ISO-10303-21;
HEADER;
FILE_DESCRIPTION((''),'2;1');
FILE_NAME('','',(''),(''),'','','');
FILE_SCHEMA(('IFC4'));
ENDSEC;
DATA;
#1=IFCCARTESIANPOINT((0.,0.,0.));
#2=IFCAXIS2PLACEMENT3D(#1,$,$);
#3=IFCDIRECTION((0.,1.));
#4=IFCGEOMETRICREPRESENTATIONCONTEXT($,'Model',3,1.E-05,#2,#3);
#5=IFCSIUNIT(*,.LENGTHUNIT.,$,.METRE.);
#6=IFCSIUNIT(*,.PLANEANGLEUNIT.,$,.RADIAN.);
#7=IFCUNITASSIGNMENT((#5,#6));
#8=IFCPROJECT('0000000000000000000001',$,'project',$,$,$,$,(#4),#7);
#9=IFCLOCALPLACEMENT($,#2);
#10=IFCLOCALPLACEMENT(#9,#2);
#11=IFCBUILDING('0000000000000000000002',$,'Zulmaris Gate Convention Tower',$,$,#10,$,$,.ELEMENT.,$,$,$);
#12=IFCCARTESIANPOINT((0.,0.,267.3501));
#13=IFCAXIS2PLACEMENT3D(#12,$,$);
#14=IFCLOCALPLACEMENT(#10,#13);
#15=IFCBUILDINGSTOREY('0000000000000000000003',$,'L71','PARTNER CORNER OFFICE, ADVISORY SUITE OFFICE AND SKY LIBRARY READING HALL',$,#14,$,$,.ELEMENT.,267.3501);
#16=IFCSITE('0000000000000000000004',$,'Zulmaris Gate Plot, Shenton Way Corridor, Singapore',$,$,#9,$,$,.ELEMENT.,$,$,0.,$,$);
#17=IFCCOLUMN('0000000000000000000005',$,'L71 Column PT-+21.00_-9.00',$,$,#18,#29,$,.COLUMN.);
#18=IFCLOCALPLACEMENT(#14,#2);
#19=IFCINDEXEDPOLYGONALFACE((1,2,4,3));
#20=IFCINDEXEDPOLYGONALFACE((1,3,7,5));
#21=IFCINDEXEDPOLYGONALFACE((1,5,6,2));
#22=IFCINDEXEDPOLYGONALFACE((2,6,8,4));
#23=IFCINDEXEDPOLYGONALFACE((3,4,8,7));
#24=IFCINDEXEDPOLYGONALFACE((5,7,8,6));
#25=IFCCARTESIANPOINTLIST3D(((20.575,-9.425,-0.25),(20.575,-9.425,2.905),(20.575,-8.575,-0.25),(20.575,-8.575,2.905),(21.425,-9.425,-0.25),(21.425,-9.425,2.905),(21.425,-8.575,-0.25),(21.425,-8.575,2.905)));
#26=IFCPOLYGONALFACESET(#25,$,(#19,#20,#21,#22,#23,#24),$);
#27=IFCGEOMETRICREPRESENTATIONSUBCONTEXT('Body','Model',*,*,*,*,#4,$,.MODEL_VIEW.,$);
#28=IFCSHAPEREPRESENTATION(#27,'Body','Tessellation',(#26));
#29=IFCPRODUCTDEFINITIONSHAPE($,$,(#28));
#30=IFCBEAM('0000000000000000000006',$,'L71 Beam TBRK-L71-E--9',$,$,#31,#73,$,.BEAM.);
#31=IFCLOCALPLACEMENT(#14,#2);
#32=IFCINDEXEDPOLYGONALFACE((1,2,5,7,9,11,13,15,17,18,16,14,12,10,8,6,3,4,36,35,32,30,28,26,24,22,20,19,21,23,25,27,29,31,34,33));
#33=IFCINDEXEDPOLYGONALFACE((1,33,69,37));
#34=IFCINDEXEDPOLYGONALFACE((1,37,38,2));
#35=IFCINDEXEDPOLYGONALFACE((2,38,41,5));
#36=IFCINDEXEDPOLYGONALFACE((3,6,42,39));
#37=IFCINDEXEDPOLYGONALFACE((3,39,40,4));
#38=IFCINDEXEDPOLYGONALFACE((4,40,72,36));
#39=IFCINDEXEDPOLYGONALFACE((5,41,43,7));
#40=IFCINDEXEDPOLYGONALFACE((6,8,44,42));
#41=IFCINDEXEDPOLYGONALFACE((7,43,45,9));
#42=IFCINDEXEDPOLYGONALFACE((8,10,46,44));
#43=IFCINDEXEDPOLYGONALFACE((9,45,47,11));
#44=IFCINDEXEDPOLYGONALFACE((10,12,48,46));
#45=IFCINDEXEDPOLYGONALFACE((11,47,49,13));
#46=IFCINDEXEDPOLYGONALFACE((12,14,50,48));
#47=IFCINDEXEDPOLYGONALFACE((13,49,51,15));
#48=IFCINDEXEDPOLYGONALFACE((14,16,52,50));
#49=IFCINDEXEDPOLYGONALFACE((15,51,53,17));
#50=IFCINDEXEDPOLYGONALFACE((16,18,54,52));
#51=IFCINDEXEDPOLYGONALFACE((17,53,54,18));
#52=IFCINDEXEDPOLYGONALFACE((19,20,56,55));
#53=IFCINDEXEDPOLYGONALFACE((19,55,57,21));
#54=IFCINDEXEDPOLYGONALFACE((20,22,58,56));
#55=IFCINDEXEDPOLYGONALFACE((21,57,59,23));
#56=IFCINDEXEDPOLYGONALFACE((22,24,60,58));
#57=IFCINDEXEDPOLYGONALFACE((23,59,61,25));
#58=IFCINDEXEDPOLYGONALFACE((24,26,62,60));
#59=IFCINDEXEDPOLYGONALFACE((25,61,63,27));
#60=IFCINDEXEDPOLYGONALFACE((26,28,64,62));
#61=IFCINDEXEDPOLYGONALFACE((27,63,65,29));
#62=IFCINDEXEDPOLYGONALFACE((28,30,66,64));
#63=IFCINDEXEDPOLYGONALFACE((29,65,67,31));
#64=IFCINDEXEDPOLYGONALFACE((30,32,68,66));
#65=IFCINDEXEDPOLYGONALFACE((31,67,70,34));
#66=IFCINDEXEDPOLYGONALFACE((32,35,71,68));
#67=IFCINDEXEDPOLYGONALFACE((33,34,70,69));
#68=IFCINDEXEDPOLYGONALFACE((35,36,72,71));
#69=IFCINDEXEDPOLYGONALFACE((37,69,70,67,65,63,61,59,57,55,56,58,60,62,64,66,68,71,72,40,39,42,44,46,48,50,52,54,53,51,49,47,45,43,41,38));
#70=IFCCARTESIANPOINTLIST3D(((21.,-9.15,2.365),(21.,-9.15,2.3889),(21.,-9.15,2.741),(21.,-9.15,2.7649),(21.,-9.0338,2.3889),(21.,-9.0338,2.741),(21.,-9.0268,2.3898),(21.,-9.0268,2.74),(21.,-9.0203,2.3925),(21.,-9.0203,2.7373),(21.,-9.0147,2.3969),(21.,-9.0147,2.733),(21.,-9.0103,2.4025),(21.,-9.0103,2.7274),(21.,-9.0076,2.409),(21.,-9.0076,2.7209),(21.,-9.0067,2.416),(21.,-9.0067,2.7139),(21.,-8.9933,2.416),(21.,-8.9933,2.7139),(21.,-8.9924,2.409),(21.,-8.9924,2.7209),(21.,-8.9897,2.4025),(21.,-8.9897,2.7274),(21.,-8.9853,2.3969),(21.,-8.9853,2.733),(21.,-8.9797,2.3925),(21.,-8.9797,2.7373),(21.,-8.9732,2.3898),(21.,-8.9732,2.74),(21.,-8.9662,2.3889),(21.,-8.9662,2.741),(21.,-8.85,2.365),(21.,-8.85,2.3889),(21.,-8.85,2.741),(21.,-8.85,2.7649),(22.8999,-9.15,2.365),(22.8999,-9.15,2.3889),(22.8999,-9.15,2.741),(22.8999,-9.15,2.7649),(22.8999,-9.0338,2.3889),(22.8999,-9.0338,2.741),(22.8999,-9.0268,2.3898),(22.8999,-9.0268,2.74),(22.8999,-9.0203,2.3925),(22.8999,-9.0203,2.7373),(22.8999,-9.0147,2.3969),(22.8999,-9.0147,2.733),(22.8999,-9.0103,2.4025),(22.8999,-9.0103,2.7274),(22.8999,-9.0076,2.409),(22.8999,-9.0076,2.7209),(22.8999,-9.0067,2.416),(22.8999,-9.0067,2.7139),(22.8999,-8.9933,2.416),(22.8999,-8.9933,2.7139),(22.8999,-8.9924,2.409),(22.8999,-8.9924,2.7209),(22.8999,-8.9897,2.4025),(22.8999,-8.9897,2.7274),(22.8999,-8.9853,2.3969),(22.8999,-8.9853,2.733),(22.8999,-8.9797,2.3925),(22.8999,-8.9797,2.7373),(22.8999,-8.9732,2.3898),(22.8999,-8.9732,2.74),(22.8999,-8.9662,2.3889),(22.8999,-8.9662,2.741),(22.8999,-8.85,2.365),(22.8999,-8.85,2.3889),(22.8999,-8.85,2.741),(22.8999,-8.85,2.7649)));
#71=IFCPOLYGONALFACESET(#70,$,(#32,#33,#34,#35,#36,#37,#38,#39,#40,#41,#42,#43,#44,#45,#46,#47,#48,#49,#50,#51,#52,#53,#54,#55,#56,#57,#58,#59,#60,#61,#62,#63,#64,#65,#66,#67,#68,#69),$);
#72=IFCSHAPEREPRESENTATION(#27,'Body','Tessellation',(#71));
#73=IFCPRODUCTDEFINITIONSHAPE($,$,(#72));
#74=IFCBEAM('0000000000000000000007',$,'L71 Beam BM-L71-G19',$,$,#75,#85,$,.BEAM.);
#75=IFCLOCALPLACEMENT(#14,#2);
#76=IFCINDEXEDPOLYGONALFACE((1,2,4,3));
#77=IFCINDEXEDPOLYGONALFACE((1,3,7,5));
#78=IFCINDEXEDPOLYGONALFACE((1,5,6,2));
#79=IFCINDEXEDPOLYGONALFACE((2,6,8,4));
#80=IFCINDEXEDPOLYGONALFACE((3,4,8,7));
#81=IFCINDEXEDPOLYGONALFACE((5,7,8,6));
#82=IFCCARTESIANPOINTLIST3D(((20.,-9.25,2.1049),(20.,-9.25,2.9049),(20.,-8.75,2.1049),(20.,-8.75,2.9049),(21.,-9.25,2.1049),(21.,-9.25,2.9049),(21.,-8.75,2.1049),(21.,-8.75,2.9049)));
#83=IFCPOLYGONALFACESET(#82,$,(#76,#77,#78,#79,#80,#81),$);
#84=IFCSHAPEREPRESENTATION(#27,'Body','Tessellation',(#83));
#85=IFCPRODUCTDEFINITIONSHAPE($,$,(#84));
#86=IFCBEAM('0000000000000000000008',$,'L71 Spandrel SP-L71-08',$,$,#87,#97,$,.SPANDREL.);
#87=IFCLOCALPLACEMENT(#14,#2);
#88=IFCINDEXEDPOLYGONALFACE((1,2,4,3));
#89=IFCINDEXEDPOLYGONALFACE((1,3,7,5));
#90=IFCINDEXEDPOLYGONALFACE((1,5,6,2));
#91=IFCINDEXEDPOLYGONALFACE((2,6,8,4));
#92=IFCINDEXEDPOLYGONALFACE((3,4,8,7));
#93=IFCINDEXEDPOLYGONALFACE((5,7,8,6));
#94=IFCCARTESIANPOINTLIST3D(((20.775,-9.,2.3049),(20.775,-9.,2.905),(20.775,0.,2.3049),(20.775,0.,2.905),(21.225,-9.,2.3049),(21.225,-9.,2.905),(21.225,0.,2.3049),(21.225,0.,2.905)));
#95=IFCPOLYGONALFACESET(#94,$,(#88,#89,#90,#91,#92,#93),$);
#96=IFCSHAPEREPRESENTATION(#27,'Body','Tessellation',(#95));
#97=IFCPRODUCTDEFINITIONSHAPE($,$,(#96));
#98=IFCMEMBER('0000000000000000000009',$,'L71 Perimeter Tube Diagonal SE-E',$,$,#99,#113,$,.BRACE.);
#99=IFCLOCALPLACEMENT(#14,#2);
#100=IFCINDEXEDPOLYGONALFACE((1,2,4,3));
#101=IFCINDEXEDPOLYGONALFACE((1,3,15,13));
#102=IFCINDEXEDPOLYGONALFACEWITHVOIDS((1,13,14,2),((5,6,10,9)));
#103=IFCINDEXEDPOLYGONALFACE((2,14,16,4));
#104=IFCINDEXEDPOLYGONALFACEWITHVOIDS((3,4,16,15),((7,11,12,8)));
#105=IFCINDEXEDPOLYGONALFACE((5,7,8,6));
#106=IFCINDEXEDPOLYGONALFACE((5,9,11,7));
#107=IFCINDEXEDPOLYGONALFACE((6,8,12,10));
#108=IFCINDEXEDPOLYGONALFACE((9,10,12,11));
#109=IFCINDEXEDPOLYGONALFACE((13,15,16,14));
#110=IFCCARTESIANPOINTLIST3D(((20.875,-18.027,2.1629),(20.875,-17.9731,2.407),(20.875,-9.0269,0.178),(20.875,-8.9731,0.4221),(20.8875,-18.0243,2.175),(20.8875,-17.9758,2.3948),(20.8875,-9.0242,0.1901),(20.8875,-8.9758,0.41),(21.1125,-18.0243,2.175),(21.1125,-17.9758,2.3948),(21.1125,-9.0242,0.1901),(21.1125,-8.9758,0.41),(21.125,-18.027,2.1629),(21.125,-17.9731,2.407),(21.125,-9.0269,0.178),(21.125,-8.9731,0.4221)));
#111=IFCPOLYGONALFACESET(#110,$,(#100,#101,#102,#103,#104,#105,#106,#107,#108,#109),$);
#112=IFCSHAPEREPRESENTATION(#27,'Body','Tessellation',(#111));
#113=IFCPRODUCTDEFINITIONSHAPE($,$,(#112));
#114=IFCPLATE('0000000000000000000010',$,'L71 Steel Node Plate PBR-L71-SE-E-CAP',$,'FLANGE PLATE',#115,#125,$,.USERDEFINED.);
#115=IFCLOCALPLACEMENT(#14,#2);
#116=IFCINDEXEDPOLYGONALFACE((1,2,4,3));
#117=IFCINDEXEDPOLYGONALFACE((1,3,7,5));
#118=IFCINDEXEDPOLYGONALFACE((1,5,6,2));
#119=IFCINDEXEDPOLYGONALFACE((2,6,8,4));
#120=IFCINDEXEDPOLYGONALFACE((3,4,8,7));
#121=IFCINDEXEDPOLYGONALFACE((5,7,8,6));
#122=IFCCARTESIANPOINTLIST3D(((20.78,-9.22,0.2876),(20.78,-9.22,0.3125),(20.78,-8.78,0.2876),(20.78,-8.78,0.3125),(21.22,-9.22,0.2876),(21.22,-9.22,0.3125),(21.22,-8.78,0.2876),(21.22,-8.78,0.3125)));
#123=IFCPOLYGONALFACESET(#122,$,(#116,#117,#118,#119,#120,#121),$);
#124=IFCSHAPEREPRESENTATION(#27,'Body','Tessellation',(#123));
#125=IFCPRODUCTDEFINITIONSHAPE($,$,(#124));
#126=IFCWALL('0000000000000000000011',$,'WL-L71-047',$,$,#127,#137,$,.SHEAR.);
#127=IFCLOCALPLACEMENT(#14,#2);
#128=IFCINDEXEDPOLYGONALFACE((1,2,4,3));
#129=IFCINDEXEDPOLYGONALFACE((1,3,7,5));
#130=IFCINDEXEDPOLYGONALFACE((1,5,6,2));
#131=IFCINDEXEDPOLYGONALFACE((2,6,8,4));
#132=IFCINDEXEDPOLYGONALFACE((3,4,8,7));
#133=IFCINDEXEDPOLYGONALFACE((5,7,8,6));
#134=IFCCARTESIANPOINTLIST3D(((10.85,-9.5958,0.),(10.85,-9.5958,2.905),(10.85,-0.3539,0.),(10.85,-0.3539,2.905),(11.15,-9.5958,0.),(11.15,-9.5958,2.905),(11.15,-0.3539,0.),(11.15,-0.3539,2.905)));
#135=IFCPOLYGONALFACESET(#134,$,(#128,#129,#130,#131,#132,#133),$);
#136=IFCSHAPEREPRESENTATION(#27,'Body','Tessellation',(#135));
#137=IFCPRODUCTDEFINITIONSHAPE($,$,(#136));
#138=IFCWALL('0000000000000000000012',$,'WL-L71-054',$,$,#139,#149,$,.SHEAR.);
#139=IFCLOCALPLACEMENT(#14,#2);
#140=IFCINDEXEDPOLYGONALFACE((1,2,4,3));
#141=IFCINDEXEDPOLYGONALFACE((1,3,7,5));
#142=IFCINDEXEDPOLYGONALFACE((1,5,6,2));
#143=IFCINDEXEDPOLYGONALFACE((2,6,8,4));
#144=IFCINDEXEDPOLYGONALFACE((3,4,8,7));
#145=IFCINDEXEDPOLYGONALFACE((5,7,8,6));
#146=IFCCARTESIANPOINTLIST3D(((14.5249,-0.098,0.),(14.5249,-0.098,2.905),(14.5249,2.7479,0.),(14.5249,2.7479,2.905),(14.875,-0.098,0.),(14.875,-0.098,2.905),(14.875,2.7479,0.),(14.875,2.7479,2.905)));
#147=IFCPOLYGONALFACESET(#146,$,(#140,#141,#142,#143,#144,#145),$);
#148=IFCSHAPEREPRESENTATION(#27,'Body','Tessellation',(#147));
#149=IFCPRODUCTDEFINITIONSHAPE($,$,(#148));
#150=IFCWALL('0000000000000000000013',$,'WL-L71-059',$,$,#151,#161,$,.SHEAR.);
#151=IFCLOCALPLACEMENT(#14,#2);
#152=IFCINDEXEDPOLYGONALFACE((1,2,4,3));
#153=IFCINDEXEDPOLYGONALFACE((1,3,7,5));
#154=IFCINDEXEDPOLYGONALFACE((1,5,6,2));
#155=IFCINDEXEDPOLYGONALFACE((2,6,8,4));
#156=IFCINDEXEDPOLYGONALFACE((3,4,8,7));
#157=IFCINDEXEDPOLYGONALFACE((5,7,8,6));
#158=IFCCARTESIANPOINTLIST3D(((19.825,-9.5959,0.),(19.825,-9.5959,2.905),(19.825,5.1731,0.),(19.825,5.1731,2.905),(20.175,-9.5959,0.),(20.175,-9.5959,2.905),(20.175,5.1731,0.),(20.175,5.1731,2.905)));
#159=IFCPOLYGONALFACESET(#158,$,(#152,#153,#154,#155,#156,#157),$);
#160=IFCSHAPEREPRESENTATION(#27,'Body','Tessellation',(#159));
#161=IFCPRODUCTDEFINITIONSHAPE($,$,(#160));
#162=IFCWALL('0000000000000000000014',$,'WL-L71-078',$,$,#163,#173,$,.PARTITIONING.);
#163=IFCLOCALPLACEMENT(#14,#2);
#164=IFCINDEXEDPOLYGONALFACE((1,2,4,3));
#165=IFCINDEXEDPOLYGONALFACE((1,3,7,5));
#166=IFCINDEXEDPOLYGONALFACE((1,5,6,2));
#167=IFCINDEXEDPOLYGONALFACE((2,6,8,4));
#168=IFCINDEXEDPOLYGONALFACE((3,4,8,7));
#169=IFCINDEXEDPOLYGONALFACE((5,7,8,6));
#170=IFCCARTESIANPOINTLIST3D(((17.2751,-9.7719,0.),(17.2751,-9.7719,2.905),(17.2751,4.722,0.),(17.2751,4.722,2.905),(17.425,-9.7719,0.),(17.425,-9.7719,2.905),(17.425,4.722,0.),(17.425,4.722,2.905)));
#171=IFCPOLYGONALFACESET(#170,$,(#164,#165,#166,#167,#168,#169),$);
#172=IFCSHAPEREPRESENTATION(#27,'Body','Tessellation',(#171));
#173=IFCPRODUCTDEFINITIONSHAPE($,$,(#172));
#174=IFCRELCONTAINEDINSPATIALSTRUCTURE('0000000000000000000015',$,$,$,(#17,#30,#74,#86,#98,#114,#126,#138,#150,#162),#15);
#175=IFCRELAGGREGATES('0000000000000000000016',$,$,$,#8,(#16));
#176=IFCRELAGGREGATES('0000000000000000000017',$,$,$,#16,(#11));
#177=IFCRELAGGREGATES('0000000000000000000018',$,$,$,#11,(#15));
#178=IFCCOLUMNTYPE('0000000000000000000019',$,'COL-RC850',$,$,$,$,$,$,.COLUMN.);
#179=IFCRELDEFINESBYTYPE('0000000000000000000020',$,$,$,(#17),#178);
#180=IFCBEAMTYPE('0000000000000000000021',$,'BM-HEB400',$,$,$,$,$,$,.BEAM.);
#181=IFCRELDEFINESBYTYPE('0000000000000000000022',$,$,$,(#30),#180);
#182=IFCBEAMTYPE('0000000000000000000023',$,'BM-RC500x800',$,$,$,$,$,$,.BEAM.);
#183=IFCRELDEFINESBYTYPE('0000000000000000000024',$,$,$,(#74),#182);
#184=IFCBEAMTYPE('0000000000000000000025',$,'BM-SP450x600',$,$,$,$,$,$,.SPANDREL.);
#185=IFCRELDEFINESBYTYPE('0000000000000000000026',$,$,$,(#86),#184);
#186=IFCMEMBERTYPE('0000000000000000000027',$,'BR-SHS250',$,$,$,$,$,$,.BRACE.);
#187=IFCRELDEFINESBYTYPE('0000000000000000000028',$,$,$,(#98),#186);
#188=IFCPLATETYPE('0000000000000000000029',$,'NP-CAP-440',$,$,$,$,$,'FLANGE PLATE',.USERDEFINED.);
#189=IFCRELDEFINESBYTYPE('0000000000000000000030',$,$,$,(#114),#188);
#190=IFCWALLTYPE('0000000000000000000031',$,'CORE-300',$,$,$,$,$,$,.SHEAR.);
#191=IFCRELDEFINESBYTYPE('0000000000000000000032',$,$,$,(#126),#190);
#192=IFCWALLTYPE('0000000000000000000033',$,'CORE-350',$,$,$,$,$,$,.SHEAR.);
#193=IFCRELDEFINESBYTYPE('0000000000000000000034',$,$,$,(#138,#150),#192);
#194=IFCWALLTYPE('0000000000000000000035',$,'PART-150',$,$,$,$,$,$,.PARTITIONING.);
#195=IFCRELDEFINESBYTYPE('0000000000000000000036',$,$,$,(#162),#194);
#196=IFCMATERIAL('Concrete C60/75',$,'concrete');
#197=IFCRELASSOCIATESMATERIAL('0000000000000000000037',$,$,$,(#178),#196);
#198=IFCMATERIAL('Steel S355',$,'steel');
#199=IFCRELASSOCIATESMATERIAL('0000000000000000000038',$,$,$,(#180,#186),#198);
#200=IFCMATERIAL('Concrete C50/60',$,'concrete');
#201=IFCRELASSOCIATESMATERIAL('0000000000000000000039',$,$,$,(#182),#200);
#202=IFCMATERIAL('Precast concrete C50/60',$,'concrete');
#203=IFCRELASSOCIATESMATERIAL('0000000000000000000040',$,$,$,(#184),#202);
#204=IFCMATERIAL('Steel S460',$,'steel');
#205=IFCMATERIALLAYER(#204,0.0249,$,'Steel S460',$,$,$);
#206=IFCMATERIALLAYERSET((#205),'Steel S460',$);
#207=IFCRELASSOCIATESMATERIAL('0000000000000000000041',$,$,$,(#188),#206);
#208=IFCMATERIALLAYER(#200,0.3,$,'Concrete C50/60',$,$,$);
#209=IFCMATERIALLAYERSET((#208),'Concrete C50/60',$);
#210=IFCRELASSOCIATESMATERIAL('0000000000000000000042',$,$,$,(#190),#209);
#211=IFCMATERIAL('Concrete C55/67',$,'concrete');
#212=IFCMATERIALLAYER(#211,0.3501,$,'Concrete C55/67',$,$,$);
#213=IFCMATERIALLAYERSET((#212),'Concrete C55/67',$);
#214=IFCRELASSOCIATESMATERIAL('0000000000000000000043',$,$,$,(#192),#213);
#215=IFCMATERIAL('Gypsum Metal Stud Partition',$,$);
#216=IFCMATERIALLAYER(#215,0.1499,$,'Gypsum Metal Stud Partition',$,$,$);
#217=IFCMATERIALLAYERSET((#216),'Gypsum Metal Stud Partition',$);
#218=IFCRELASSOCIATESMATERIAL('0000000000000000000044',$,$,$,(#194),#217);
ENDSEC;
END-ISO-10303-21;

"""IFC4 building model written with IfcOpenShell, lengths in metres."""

from ifc_helpers import new_model, si_unit, direction, frame, frame_2d, origin, origin_2d, place, context, subcontext, project, spatial, rectangle, hollow_rectangle, i_section, extrude, material, layer, layer_set, material_profile, profile_set, type_object, element, save


model = new_model("IFC4")

# Units and contexts
model_context = context("Model", 3, precision=1e-05, world=origin(), true_north=direction((0.0, 1.0)))
body_context = subcontext(model_context, "Body", "Model", "MODEL_VIEW")
ifc_project = project(units=[si_unit("LENGTHUNIT", "METRE"), si_unit("PLANEANGLEUNIT", "RADIAN")], contexts=[model_context])

# Site, building, storey
site_placement = place(None, origin())
site = spatial("IfcSite", under=ifc_project, at=site_placement, Name="Zulmaris Gate Plot, Shenton Way Corridor, Singapore", CompositionType="ELEMENT", RefElevation=0.0)
building_placement = place(site_placement, origin())
building = spatial("IfcBuilding", under=site, at=building_placement, Name="Zulmaris Gate Convention Tower", CompositionType="ELEMENT")
storey_placement = place(building_placement, frame((0.0, 0.0, 267.3501)))
storey = spatial("IfcBuildingStorey", under=building, at=storey_placement, Name="L71", Description="PARTNER CORNER OFFICE, ADVISORY SUITE OFFICE AND SKY LIBRARY READING HALL", CompositionType="ELEMENT", Elevation=267.3501)

# Column
ifc_material_1 = material(Name="Concrete C60/75", Category="concrete")
ifc_material_profile_1 = material_profile(ifc_material_1, rectangle(XDim=0.8501, YDim=0.8501, at=origin_2d()), Name="RC COL 850x850")
ifc_profile_set_1 = profile_set([ifc_material_profile_1], Name="Concrete C60/75")
column_type = type_object("IfcColumnType", Name="COL-RC850", PredefinedType="COLUMN", material=ifc_profile_set_1)
column_placement = place(storey_placement, frame((21.0, -9.0, -0.25), z_axis=(0.0, 0.0, 1.0), x_axis=(1.0, 0.0, 0.0)))
element("IfcColumn", 1, at=column_placement, inside=storey, type_object=column_type, Name="L71 Column PT-+21.00_-9.00", PredefinedType="COLUMN", context=body_context, shape_type="SweptSolid", body=[
    extrude(rectangle(XDim=0.8501, YDim=0.8501, at=origin_2d()), origin(), (0.0, 0.0, 1.0), 3.155),
])

# Beams
ifc_material_2 = material(Name="Steel S355", Category="steel")
ifc_material_profile_2 = material_profile(ifc_material_2, i_section(OverallWidth=0.3, OverallDepth=0.3999, WebThickness=0.0134, FlangeThickness=0.0239, FilletRadius=0.0271, at=origin_2d()), Name="HEB 400")
ifc_profile_set_2 = profile_set([ifc_material_profile_2], Name="Steel S355")
beam_type_1 = type_object("IfcBeamType", Name="BM-HEB400", PredefinedType="BEAM", material=ifc_profile_set_2)
beam_1_placement = place(storey_placement, frame((21.0, -9.0, 2.5649), z_axis=(1.0, 0.0, 0.0), x_axis=(0.0, 1.0, 0.0)))
element("IfcBeam", 2, at=beam_1_placement, inside=storey, type_object=beam_type_1, Name="L71 Beam TBRK-L71-E--9", PredefinedType="BEAM", context=body_context, shape_type="SweptSolid", body=[
    extrude(i_section(OverallWidth=0.3, OverallDepth=0.3999, WebThickness=0.0134, FlangeThickness=0.0239, FilletRadius=0.0271, at=origin_2d()), origin(), (0.0, 0.0, 1.0), 1.8999),
])
ifc_material_3 = material(Name="Concrete C50/60", Category="concrete")
ifc_material_profile_3 = material_profile(ifc_material_3, rectangle(XDim=0.5, YDim=0.8, at=origin_2d()), Name="RC BEAM 500x800")
ifc_profile_set_3 = profile_set([ifc_material_profile_3], Name="Concrete C50/60")
beam_type_2 = type_object("IfcBeamType", Name="BM-RC500x800", PredefinedType="BEAM", material=ifc_profile_set_3)
beam_2_placement = place(storey_placement, frame((20.0, -9.0, 2.5049), z_axis=(1.0, 0.0, 0.0), x_axis=(0.0, 1.0, 0.0)))
element("IfcBeam", 3, at=beam_2_placement, inside=storey, type_object=beam_type_2, Name="L71 Beam BM-L71-G19", PredefinedType="BEAM", context=body_context, shape_type="SweptSolid", body=[
    extrude(rectangle(XDim=0.5, YDim=0.8, at=origin_2d()), origin(), (0.0, 0.0, 1.0), 1.0),
])
ifc_material_4 = material(Name="Precast concrete C50/60", Category="concrete")
ifc_material_profile_4 = material_profile(ifc_material_4, rectangle(XDim=0.45, YDim=0.6001, at=origin_2d()), Name="RC SPANDREL 450x600")
ifc_profile_set_4 = profile_set([ifc_material_profile_4], Name="Precast concrete C50/60")
beam_type_3 = type_object("IfcBeamType", Name="BM-SP450x600", PredefinedType="SPANDREL", material=ifc_profile_set_4)
beam_3_placement = place(storey_placement, frame((21.0, -9.0, 2.605), z_axis=(0.0, 1.0, 0.0), x_axis=(-1.0, 0.0, 0.0)))
element("IfcBeam", 4, at=beam_3_placement, inside=storey, type_object=beam_type_3, Name="L71 Spandrel SP-L71-08", PredefinedType="SPANDREL", context=body_context, shape_type="SweptSolid", body=[
    extrude(rectangle(XDim=0.45, YDim=0.6001, at=origin_2d()), origin(), (0.0, 0.0, 1.0), 9.0),
])

# Member
ifc_material_profile_5 = material_profile(ifc_material_2, hollow_rectangle(XDim=0.25, YDim=0.25, WallThickness=0.0125, at=origin_2d()), Name="SHS 250x250x12.5")
ifc_profile_set_5 = profile_set([ifc_material_profile_5], Name="Steel S355")
member_type = type_object("IfcMemberType", Name="BR-SHS250", PredefinedType="BRACE", material=ifc_profile_set_5)
member_placement = place(storey_placement, frame((21.0, -9.0, 0.3), z_axis=(0.0, -0.976534, 0.215365), x_axis=(1.0, 0.0, 0.0)))
element("IfcMember", 5, at=member_placement, inside=storey, type_object=member_type, Name="L71 Perimeter Tube Diagonal SE-E", PredefinedType="BRACE", context=body_context, shape_type="SweptSolid", body=[
    extrude(hollow_rectangle(XDim=0.25, YDim=0.25, WallThickness=0.0125, at=origin_2d()), origin(), (0.0, 0.0, 1.0), 9.2163),
])

# Plate
ifc_material_5 = material(Name="Steel S460", Category="steel")
ifc_layer_1 = layer(ifc_material_5, 0.0249, Name="Steel S460")
ifc_layer_set_1 = layer_set([ifc_layer_1], Name="Steel S460")
plate_type = type_object("IfcPlateType", Name="NP-CAP-440", ElementType="FLANGE PLATE", PredefinedType="USERDEFINED", material=ifc_layer_set_1)
plate_placement = place(storey_placement, frame((21.0, -9.0, 0.2876), z_axis=(0.0, 0.0, 1.0), x_axis=(1.0, 0.0, 0.0)))
element("IfcPlate", 6, at=plate_placement, inside=storey, type_object=plate_type, Name="L71 Steel Node Plate PBR-L71-SE-E-CAP", ObjectType="FLANGE PLATE", PredefinedType="USERDEFINED", context=body_context, shape_type="SweptSolid", body=[
    extrude(rectangle(XDim=0.4399, YDim=0.4399, at=origin_2d()), origin(), (0.0, 0.0, 1.0), 0.0249),
])

# Shared definitions
ifc_layer_2 = layer(ifc_material_3, 0.3, Name="Concrete C50/60")
ifc_layer_set_2 = layer_set([ifc_layer_2], Name="Concrete C50/60")
wall_type_1 = type_object("IfcWallType", Name="CORE-300", PredefinedType="SHEAR", material=ifc_layer_set_2)

# Walls
wall_1_placement = place(storey_placement, frame((11.0, -9.5959, 0.0), z_axis=(0.0, 0.0, 1.0), x_axis=(0.0, 1.0, 0.0)))
element("IfcWall", 7, at=wall_1_placement, inside=storey, type_object=wall_type_1, Name="WL-L71-047", PredefinedType="SHEAR", context=body_context, shape_type="SweptSolid", body=[
    extrude(rectangle(XDim=9.2419, YDim=0.3, at=frame_2d((4.6211, 0.0))), origin(), (0.0, 0.0, 1.0), 2.905),
])
ifc_material_6 = material(Name="Concrete C55/67", Category="concrete")
ifc_layer_3 = layer(ifc_material_6, 0.3501, Name="Concrete C55/67")
ifc_layer_set_3 = layer_set([ifc_layer_3], Name="Concrete C55/67")
wall_type_2 = type_object("IfcWallType", Name="CORE-350", PredefinedType="SHEAR", material=ifc_layer_set_3)
wall_2_placement = place(storey_placement, frame((14.7, -0.0979, 0.0), z_axis=(0.0, 0.0, 1.0), x_axis=(0.0, 1.0, 0.0)))
element("IfcWall", 8, at=wall_2_placement, inside=storey, type_object=wall_type_2, Name="WL-L71-054", PredefinedType="SHEAR", context=body_context, shape_type="SweptSolid", body=[
    extrude(rectangle(XDim=2.8459, YDim=0.3501, at=frame_2d((1.4229, 0.0))), origin(), (0.0, 0.0, 1.0), 2.905),
])
wall_3_placement = place(storey_placement, frame((20.0, -9.5959, 0.0), z_axis=(0.0, 0.0, 1.0), x_axis=(0.0, 1.0, 0.0)))
element("IfcWall", 9, at=wall_3_placement, inside=storey, type_object=wall_type_2, Name="WL-L71-059", PredefinedType="SHEAR", context=body_context, shape_type="SweptSolid", body=[
    extrude(rectangle(XDim=14.769, YDim=0.3501, at=frame_2d((7.3845, 0.0))), origin(), (0.0, 0.0, 1.0), 2.905),
])
ifc_material_7 = material(Name="Gypsum Metal Stud Partition")
ifc_layer_4 = layer(ifc_material_7, 0.1499, Name="Gypsum Metal Stud Partition")
ifc_layer_set_4 = layer_set([ifc_layer_4], Name="Gypsum Metal Stud Partition")
wall_type_3 = type_object("IfcWallType", Name="PART-150", PredefinedType="PARTITIONING", material=ifc_layer_set_4)
wall_4_placement = place(storey_placement, frame((17.3501, -9.772, 0.0), z_axis=(0.0, 0.0, 1.0), x_axis=(0.0, 1.0, 0.0)))
element("IfcWall", 10, at=wall_4_placement, inside=storey, type_object=wall_type_3, Name="WL-L71-078", PredefinedType="PARTITIONING", context=body_context, shape_type="SweptSolid", body=[
    extrude(rectangle(XDim=14.4939, YDim=0.1499, at=frame_2d((7.2471, 0.0))), origin(), (0.0, 0.0, 1.0), 2.905),
])

save(model, "model.ifc")
